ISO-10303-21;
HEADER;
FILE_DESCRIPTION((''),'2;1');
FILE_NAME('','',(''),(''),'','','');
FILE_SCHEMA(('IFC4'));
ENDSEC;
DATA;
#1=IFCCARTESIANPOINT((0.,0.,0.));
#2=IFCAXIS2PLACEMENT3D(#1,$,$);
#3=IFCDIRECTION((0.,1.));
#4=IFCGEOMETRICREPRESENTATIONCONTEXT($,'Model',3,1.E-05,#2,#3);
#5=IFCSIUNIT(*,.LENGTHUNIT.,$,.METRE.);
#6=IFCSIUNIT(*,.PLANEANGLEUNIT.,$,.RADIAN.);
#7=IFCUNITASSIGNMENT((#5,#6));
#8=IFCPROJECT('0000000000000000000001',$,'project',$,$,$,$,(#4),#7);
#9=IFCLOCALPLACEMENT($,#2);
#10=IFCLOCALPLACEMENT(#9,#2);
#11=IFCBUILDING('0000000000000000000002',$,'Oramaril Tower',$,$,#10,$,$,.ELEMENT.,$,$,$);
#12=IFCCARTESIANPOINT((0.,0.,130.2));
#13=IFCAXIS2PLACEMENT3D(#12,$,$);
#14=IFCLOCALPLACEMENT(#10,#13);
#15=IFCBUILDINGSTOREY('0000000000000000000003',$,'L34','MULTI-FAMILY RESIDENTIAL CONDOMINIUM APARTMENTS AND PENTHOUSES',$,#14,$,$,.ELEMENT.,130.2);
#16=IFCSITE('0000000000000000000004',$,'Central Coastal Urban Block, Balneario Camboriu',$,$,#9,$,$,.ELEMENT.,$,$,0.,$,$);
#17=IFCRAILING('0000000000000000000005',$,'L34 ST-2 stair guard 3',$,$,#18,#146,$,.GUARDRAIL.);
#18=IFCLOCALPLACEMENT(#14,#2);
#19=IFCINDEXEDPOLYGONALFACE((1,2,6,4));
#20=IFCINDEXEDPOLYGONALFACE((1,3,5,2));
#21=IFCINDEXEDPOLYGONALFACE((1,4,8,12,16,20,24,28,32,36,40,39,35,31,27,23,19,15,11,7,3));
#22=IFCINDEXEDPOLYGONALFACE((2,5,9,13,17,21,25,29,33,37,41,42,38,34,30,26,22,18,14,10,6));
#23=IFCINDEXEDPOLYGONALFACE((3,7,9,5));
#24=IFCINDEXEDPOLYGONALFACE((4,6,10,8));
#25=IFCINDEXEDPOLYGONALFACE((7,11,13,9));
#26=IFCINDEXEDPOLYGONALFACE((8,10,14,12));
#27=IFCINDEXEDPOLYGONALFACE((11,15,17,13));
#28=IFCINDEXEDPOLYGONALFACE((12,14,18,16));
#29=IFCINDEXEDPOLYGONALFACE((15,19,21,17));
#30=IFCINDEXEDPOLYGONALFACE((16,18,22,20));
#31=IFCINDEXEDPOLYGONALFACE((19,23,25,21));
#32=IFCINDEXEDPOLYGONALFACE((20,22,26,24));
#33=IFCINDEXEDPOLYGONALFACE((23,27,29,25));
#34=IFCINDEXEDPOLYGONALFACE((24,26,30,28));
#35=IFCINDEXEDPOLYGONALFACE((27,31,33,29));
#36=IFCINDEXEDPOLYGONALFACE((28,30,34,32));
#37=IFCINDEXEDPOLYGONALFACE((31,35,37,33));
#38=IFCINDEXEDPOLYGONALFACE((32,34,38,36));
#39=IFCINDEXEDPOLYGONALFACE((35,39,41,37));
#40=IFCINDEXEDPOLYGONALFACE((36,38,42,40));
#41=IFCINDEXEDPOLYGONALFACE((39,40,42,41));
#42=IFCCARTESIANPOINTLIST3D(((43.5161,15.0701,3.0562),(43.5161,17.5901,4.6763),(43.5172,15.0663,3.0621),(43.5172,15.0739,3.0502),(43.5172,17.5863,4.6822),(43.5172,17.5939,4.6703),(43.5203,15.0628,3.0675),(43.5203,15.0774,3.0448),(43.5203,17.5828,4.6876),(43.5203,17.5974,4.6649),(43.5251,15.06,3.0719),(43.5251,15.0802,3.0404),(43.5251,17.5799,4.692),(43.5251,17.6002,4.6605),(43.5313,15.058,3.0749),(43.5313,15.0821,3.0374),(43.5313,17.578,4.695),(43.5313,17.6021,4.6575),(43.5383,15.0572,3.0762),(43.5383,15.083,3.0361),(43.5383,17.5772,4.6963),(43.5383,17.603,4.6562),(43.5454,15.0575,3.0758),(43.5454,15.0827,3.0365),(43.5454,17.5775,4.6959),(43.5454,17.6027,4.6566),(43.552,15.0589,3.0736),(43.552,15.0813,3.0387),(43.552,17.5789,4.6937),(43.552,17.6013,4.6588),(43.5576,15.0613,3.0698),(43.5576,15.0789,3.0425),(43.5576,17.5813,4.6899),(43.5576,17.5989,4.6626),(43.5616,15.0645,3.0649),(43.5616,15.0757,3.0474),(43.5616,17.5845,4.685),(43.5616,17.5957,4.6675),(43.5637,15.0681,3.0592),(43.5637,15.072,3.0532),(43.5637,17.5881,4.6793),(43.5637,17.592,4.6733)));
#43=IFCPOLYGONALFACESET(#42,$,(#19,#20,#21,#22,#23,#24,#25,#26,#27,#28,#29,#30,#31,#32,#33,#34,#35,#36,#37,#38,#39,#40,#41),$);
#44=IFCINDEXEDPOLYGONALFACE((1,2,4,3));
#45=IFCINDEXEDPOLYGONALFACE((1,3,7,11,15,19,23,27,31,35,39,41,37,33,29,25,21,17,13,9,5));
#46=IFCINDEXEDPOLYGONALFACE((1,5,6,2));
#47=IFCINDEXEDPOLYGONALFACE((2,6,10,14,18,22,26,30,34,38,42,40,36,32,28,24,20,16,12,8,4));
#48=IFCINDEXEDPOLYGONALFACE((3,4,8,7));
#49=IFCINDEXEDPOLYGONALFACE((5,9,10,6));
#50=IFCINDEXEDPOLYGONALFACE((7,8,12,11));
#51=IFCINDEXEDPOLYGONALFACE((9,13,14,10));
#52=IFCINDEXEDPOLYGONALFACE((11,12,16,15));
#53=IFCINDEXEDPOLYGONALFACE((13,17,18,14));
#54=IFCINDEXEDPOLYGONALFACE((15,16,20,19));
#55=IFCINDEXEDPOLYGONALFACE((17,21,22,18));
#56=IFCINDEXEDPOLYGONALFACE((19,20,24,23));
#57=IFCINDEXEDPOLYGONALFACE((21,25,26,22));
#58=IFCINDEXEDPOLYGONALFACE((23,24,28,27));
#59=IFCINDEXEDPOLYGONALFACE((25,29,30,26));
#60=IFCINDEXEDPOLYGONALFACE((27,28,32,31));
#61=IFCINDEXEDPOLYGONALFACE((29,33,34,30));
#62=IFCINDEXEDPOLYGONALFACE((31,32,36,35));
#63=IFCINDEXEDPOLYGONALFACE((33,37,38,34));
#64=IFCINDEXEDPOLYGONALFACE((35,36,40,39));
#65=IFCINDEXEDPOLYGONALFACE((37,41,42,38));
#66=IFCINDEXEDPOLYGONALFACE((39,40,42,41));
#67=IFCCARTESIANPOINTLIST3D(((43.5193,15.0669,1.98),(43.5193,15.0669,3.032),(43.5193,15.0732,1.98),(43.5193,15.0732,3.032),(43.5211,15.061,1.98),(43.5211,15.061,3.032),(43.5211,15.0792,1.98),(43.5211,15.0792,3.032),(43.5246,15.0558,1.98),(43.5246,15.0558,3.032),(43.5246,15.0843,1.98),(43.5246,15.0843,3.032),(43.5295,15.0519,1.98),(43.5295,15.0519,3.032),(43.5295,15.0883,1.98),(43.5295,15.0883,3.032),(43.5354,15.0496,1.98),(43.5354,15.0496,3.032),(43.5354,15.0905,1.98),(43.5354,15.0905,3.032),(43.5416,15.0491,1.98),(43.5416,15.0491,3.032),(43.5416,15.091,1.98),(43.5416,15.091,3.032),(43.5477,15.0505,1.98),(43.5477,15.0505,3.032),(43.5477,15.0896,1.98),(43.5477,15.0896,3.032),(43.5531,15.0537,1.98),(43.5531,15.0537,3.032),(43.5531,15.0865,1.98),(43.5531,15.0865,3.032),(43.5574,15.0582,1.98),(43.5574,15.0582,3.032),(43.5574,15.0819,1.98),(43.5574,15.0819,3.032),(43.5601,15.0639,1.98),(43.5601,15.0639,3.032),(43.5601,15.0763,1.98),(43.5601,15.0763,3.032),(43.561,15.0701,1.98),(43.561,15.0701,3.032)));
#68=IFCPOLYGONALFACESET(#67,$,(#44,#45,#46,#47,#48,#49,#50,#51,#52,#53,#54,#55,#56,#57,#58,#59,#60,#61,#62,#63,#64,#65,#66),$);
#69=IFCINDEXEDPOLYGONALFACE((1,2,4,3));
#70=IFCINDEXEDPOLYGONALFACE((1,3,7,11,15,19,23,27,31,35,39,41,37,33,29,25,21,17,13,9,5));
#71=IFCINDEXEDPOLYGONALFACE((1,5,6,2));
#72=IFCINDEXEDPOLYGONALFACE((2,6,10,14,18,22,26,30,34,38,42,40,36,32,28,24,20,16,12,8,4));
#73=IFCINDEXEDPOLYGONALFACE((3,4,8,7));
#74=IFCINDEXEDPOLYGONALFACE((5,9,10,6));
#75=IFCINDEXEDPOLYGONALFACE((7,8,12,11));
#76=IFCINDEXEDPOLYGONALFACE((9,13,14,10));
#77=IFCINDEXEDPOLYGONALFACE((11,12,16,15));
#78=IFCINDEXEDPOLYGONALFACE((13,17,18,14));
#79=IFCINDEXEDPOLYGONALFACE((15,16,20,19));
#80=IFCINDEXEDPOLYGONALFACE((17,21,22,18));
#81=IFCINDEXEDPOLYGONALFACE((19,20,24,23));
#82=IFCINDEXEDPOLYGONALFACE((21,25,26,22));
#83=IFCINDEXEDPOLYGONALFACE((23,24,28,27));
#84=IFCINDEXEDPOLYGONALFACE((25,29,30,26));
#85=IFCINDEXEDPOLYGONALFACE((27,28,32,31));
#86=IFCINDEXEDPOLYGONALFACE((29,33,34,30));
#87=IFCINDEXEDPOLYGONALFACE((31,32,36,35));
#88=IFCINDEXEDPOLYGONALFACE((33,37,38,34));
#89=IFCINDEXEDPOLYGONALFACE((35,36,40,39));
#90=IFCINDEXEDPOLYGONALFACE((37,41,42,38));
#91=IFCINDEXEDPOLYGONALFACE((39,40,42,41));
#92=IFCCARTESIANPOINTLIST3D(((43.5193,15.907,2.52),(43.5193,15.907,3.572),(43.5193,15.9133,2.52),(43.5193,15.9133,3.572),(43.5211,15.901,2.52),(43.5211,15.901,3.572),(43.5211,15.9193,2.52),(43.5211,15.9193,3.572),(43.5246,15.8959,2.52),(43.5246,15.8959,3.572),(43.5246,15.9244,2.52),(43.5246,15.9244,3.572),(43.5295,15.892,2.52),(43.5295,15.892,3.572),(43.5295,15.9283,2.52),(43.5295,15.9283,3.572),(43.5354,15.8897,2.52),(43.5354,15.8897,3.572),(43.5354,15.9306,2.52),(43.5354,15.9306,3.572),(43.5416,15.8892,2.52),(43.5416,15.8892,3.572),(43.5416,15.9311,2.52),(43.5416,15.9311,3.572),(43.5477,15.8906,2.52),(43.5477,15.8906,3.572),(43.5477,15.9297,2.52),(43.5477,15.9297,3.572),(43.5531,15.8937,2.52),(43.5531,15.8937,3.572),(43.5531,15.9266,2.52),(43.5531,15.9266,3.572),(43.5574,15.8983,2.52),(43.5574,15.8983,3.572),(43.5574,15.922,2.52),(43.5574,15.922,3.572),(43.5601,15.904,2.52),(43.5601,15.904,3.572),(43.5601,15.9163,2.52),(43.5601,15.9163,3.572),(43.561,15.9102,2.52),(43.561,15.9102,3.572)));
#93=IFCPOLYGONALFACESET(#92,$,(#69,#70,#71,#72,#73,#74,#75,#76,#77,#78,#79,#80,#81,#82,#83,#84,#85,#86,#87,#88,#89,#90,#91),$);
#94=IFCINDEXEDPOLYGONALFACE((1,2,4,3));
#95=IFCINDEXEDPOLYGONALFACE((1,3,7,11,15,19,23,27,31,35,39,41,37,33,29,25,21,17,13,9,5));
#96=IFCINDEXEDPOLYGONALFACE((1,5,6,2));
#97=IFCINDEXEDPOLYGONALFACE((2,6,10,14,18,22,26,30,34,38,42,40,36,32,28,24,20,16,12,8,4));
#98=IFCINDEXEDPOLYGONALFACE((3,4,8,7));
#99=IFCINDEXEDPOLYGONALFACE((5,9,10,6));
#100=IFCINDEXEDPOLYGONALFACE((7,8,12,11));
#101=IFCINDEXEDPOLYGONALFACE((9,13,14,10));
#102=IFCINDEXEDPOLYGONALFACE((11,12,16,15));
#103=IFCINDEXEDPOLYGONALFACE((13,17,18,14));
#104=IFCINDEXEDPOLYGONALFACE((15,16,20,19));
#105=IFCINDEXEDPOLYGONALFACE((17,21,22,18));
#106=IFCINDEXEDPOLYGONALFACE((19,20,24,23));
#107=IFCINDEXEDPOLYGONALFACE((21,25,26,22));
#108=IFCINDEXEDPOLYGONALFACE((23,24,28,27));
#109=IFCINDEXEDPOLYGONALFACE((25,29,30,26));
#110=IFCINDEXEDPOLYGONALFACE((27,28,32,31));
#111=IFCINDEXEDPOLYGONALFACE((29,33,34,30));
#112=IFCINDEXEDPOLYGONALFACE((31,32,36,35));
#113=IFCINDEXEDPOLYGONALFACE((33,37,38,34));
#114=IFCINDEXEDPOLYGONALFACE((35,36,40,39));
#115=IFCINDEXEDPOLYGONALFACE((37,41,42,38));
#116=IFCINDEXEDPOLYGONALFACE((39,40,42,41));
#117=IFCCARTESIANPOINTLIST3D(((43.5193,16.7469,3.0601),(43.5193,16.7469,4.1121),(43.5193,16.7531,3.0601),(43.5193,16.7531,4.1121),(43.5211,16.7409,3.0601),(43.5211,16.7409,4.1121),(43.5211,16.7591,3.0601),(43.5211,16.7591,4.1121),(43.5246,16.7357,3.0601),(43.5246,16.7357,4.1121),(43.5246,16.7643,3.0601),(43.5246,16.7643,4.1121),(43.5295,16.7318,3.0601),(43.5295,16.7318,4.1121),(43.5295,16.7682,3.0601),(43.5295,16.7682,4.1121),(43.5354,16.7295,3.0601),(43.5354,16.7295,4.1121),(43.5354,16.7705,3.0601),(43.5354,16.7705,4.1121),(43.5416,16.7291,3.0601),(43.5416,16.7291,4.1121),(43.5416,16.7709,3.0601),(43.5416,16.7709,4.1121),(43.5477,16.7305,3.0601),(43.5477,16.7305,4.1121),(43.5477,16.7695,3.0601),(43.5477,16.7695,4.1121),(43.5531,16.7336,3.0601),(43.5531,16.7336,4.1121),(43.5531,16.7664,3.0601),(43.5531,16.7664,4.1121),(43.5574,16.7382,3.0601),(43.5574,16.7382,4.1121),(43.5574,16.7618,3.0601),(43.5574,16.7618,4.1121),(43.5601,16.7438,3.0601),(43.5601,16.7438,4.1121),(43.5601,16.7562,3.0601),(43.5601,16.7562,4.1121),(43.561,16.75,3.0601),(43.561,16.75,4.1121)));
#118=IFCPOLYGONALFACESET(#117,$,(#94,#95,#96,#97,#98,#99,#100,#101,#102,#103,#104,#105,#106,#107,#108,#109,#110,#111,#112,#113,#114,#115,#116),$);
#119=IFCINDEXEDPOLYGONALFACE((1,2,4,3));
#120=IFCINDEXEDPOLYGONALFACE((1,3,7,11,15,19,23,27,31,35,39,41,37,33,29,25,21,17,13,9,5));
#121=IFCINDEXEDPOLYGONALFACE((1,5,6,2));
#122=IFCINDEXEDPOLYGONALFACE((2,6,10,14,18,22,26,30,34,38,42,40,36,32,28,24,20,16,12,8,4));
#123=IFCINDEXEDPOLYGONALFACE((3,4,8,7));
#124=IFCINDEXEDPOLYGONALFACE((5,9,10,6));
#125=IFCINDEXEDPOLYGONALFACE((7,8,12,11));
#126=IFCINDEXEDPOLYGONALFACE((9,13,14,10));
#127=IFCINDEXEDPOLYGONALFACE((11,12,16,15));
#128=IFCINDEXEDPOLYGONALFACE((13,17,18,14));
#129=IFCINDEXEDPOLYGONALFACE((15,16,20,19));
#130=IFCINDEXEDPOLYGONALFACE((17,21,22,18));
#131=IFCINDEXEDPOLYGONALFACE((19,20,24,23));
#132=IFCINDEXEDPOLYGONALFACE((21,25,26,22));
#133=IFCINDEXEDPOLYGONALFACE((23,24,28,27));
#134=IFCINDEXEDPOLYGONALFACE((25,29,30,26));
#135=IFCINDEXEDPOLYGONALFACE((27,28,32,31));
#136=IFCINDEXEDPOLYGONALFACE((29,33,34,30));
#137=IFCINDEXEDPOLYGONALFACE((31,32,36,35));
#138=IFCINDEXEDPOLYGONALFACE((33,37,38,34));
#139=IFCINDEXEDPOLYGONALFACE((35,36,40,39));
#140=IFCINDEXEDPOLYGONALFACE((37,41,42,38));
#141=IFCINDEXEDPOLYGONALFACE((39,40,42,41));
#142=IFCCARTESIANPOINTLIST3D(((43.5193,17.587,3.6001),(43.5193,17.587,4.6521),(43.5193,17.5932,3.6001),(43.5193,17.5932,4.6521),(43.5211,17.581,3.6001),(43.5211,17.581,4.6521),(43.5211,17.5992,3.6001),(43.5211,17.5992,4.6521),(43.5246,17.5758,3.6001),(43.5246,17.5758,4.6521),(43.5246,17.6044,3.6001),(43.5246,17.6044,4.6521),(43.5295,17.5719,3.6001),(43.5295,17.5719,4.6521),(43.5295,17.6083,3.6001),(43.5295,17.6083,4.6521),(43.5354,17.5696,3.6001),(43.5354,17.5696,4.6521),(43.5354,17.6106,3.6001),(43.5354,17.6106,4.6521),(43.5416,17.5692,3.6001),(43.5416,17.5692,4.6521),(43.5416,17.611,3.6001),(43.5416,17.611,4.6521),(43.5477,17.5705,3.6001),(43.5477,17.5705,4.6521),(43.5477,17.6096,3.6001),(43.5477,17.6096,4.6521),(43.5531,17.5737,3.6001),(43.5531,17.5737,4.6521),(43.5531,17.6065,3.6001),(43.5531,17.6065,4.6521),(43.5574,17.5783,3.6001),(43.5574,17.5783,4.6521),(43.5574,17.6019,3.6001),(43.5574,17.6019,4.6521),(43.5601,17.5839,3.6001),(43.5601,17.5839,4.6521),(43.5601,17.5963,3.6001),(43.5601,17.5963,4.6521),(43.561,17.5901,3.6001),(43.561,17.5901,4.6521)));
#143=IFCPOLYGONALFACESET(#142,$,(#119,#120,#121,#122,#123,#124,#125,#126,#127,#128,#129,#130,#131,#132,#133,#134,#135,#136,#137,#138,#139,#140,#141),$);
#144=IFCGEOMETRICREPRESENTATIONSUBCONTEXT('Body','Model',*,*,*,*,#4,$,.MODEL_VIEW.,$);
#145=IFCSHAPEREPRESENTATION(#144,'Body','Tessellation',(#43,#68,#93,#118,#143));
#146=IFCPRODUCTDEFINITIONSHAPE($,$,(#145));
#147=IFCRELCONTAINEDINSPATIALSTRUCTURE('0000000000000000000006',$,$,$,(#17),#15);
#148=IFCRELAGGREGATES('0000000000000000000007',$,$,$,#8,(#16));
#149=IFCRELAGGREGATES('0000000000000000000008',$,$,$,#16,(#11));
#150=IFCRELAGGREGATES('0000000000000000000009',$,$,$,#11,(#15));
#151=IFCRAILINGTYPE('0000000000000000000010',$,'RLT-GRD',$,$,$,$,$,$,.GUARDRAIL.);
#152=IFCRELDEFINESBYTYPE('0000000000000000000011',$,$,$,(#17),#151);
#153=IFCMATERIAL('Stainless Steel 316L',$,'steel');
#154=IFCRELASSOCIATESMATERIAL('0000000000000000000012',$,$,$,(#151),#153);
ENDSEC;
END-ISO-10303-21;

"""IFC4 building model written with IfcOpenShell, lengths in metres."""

from ifc_helpers import new_model, si_unit, direction, frame, origin, origin_2d, place, context, subcontext, project, spatial, circle, extrude, material, type_object, element, save


model = new_model("IFC4")

# Units and contexts
model_context = context("Model", 3, precision=1e-05, world=origin(), true_north=direction((0.0, 1.0)))
body_context = subcontext(model_context, "Body", "Model", "MODEL_VIEW")
ifc_project = project(units=[si_unit("LENGTHUNIT", "METRE"), si_unit("PLANEANGLEUNIT", "RADIAN")], contexts=[model_context])

# Site, building, storey
site_placement = place(None, origin())
site = spatial("IfcSite", under=ifc_project, at=site_placement, Name="Central Coastal Urban Block, Balneario Camboriu", CompositionType="ELEMENT", RefElevation=0.0)
building_placement = place(site_placement, origin())
building = spatial("IfcBuilding", under=site, at=building_placement, Name="Oramaril Tower", CompositionType="ELEMENT")
storey_placement = place(building_placement, frame((0.0, 0.0, 130.2)))
storey = spatial("IfcBuildingStorey", under=building, at=storey_placement, Name="L34", Description="MULTI-FAMILY RESIDENTIAL CONDOMINIUM APARTMENTS AND PENTHOUSES", CompositionType="ELEMENT", Elevation=130.2)

# Railing
ifc_material_1 = material(Name="Stainless Steel 316L", Category="steel")
railing_type_1 = type_object("IfcRailingType", Name="RLT-GRD", PredefinedType="GUARDRAIL", material=ifc_material_1)
railing_1_placement = place(storey_placement, frame((43.54, 15.0701, 1.98)))
element("IfcRailing", 1, at=railing_1_placement, inside=storey, type_object=railing_type_1, Name="L34 ST-2 stair guard 3", PredefinedType="GUARDRAIL", context=body_context, shape_type="SweptSolid", body=[
    extrude(circle(Radius=0.0239, at=origin_2d()), frame((0.0, 0.0, 1.0762), z_axis=(0.0, 0.841163, 0.540782), x_axis=(-1.0, 0.0, 0.0)), (0.0, 0.0, 1.0), 2.9958),
    extrude(circle(Radius=0.021, at=origin_2d()), origin(), (0.0, 0.0, 1.0), 1.052),
    extrude(circle(Radius=0.021, at=origin_2d()), frame((0.0, 0.8401, 0.54)), (0.0, 0.0, 1.0), 1.052),
    extrude(circle(Radius=0.021, at=origin_2d()), frame((0.0, 1.6799, 1.0801)), (0.0, 0.0, 1.0), 1.052),
    extrude(circle(Radius=0.021, at=origin_2d()), frame((0.0, 2.52, 1.6201)), (0.0, 0.0, 1.0), 1.052),
])

save(model, "model.ifc")
